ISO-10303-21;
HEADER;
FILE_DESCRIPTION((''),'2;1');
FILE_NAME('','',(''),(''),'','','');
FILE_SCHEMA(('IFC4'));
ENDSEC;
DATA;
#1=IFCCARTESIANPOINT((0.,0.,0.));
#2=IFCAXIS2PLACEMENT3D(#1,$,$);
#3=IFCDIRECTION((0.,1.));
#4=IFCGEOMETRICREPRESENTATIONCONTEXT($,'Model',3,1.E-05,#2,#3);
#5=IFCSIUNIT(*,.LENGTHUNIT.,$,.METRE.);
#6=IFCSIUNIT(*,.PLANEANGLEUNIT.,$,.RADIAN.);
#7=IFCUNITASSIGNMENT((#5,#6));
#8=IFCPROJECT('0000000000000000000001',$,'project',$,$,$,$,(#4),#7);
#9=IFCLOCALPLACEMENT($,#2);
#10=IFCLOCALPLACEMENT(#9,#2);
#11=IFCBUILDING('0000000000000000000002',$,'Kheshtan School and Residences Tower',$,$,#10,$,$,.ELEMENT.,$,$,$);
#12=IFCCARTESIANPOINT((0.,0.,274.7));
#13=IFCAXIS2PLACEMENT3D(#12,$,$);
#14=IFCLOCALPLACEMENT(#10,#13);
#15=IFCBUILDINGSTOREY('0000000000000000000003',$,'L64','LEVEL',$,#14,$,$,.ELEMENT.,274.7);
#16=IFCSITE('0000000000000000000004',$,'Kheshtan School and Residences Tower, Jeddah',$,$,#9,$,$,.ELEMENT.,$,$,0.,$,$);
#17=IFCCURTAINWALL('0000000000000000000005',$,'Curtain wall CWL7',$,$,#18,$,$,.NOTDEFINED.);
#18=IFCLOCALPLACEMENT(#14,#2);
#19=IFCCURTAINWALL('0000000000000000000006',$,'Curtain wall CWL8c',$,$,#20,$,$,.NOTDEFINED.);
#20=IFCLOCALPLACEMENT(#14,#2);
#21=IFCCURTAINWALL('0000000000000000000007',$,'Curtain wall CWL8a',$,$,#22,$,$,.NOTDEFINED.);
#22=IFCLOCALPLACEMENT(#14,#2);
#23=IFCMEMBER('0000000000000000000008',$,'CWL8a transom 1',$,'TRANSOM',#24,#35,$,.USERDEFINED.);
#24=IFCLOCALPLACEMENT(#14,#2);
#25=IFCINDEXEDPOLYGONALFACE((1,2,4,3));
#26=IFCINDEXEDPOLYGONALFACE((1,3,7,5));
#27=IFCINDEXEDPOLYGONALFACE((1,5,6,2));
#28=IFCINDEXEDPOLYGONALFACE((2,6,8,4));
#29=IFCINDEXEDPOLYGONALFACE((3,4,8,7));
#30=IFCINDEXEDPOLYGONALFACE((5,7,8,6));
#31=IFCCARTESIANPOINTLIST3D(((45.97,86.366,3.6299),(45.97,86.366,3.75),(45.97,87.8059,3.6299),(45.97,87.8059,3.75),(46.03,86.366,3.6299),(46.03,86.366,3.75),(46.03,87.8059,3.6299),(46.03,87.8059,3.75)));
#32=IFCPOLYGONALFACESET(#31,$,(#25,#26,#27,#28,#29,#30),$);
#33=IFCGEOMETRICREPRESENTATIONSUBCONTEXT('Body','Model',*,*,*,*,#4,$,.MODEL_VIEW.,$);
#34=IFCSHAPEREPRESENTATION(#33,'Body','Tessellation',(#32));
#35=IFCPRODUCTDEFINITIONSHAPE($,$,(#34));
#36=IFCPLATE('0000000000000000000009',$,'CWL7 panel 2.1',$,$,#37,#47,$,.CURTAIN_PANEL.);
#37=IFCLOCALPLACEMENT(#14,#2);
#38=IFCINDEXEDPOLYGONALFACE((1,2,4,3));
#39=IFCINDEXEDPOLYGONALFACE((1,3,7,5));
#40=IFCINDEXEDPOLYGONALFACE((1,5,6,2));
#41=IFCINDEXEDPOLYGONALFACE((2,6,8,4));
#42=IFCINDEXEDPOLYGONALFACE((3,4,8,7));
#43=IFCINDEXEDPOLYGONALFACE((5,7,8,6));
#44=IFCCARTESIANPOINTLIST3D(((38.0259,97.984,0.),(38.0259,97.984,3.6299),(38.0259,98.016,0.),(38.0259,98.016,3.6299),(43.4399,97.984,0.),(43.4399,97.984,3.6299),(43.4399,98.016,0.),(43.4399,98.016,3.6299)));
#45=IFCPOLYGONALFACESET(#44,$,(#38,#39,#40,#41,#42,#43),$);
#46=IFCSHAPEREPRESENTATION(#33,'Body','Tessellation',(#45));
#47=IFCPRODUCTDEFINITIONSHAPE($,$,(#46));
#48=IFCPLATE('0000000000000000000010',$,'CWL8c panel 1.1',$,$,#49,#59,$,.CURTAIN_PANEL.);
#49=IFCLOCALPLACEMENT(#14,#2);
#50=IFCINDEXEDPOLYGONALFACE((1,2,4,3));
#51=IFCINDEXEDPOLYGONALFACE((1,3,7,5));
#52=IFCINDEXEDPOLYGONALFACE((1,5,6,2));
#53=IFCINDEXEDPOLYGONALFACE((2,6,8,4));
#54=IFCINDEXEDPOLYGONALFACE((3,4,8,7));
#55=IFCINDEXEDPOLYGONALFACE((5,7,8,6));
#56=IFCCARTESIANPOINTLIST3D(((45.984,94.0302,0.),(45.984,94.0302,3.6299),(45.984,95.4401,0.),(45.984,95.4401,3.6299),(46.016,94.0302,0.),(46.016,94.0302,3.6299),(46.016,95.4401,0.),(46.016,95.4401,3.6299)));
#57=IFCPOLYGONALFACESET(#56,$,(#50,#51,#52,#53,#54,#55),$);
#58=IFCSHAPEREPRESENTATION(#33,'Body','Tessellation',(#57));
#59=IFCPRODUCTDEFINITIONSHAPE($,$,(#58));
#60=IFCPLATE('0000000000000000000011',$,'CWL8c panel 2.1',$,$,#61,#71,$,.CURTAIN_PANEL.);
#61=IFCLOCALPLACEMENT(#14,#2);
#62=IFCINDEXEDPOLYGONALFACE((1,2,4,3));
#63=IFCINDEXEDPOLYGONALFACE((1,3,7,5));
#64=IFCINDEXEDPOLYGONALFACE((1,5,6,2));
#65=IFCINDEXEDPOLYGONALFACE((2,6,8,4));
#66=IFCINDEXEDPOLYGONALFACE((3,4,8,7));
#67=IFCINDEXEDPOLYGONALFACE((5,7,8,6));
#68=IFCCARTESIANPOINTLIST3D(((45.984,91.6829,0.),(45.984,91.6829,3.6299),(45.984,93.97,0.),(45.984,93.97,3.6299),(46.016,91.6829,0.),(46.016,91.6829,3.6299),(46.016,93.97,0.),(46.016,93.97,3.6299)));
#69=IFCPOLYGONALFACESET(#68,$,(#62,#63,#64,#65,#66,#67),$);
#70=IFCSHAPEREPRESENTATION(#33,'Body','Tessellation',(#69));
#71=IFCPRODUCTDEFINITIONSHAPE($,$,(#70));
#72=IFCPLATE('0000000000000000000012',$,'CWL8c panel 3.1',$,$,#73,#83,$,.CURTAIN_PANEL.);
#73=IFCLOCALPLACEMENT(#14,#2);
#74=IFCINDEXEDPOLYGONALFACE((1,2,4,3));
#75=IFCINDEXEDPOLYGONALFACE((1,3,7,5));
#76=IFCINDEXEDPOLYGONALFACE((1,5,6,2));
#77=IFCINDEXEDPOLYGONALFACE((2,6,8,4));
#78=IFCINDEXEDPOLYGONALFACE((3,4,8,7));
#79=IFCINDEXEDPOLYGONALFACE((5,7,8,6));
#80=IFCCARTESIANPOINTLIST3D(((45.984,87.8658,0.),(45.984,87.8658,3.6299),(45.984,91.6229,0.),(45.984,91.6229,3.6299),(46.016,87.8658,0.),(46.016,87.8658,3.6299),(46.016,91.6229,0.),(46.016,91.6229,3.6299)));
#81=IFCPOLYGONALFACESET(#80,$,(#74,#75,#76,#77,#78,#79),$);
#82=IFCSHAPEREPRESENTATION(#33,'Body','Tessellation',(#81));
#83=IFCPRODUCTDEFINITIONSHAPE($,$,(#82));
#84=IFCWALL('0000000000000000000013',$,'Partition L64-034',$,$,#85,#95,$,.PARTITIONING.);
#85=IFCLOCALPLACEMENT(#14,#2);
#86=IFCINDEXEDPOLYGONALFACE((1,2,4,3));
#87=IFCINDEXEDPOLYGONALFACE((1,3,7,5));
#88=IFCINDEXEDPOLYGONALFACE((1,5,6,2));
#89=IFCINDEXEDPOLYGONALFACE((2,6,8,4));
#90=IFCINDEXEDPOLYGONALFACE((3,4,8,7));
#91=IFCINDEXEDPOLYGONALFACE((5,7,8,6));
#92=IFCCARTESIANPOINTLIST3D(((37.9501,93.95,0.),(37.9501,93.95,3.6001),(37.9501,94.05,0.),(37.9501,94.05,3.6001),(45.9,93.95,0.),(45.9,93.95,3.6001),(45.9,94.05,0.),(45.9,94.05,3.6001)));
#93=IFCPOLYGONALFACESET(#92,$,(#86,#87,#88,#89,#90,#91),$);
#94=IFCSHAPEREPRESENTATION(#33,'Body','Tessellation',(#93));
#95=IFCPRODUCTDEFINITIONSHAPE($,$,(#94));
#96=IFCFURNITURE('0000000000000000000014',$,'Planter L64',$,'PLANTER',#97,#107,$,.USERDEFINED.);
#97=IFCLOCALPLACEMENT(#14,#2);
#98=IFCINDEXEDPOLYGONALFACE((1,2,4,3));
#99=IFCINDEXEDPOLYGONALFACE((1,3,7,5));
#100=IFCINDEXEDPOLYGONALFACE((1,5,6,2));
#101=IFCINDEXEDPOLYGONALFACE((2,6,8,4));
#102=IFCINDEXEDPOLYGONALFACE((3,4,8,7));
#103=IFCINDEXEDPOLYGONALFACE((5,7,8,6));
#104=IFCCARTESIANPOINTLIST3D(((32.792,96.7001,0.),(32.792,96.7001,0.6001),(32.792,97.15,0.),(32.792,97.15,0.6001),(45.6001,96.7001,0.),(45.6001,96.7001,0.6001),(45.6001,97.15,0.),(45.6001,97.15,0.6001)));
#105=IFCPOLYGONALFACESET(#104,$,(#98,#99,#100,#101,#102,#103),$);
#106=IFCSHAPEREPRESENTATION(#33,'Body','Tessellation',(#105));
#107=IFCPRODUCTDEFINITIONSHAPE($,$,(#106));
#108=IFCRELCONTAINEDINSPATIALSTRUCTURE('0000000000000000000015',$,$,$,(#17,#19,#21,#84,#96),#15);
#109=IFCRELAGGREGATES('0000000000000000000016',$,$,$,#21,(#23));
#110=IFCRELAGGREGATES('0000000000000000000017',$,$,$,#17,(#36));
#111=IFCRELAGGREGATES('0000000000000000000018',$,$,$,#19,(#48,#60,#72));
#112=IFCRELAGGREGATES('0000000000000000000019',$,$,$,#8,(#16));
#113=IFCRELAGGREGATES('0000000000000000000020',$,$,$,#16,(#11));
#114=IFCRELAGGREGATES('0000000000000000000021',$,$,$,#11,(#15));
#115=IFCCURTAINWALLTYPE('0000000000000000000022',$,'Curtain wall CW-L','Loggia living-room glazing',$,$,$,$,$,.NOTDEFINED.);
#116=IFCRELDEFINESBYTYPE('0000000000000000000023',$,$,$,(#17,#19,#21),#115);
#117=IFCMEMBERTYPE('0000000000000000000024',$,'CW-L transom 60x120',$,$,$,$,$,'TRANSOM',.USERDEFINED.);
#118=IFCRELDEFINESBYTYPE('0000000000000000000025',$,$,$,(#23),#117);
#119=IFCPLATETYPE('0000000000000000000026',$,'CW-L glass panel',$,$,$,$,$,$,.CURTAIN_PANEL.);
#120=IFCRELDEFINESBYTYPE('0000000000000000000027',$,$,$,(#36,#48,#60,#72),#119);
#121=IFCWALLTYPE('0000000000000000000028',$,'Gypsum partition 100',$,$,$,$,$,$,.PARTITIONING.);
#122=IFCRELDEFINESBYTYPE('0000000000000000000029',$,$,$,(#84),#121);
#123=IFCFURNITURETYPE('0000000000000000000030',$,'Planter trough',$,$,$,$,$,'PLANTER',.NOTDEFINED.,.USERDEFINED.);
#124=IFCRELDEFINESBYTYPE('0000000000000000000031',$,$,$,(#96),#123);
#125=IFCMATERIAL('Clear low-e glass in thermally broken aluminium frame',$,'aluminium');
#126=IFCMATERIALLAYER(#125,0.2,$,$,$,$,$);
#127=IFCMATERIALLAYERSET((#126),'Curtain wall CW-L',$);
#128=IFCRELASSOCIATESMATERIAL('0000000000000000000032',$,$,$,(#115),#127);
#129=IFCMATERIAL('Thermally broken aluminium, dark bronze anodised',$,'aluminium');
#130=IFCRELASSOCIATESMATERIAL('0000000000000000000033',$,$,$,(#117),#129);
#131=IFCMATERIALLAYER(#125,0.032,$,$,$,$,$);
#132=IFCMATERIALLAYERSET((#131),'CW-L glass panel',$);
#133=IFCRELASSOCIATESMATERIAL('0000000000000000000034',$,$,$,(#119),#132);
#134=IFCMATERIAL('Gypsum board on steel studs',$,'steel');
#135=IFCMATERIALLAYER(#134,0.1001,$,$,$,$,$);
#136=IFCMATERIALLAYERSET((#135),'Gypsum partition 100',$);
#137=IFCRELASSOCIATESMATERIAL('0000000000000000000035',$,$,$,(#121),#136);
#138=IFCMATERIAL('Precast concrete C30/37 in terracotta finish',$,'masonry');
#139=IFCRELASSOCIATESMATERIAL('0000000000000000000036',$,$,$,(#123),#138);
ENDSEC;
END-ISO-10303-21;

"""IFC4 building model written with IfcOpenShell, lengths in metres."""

from ifc_helpers import new_model, si_unit, direction, frame, frame_2d, origin, origin_2d, place, context, subcontext, project, spatial, rectangle, extrude, material, layer, layer_set, material_profile, profile_set, type_object, element, aggregate, save


model = new_model("IFC4")

# Units and contexts
model_context = context("Model", 3, precision=1e-05, world=origin(), true_north=direction((0.0, 1.0)))
body_context = subcontext(model_context, "Body", "Model", "MODEL_VIEW")
ifc_project = project(units=[si_unit("LENGTHUNIT", "METRE"), si_unit("PLANEANGLEUNIT", "RADIAN")], contexts=[model_context])

# Site, building, storey
site_placement = place(None, origin())
site = spatial("IfcSite", under=ifc_project, at=site_placement, Name="Kheshtan School and Residences Tower, Jeddah", CompositionType="ELEMENT", RefElevation=0.0)
building_placement = place(site_placement, origin())
building = spatial("IfcBuilding", under=site, at=building_placement, Name="Kheshtan School and Residences Tower", CompositionType="ELEMENT")
storey_placement = place(building_placement, frame((0.0, 0.0, 274.7)))
storey = spatial("IfcBuildingStorey", under=building, at=storey_placement, Name="L64", Description="LEVEL", CompositionType="ELEMENT", Elevation=274.7)

# Curtain walls
ifc_material_1 = material(Name="Clear low-e glass in thermally broken aluminium frame", Category="aluminium")
ifc_layer_1 = layer(ifc_material_1, 0.2)
ifc_layer_set_1 = layer_set([ifc_layer_1], Name="Curtain wall CW-L")
curtain_wall_type = type_object("IfcCurtainWallType", Name="Curtain wall CW-L", Description="Loggia living-room glazing", PredefinedType="NOTDEFINED", material=ifc_layer_set_1)
curtain_wall_1_placement = place(storey_placement, origin())
curtain_wall_1 = element("IfcCurtainWall", 1, at=curtain_wall_1_placement, inside=storey, type_object=curtain_wall_type, Name="Curtain wall CWL7", PredefinedType="NOTDEFINED")
ifc_material_2 = material(Name="Thermally broken aluminium, dark bronze anodised", Category="aluminium")
curtain_wall_2_placement = place(storey_placement, origin())
curtain_wall_2 = element("IfcCurtainWall", 2, at=curtain_wall_2_placement, inside=storey, type_object=curtain_wall_type, Name="Curtain wall CWL8c", PredefinedType="NOTDEFINED")
ifc_material_profile_1 = material_profile(ifc_material_2, rectangle(XDim=0.0601, YDim=0.1201, at=origin_2d()), Name="CW-L transom 60x120")
ifc_profile_set_1 = profile_set([ifc_material_profile_1], Name="Thermally broken aluminium, dark bronze anodised")
member_type_1 = type_object("IfcMemberType", Name="CW-L transom 60x120", ElementType="TRANSOM", PredefinedType="USERDEFINED", material=ifc_profile_set_1)

# Curtain wall, member
curtain_wall_3_placement = place(storey_placement, origin())
curtain_wall_3 = element("IfcCurtainWall", 3, at=curtain_wall_3_placement, inside=storey, type_object=curtain_wall_type, Name="Curtain wall CWL8a", PredefinedType="NOTDEFINED")
member_1_placement = place(storey_placement, frame((46.0, 87.8059, 3.6899), z_axis=(0.0, -1.0, 0.0), x_axis=(1.0, 0.0, 0.0)))
member_1 = element("IfcMember", 4, at=member_1_placement, type_object=member_type_1, Name="CWL8a transom 1", ObjectType="TRANSOM", PredefinedType="USERDEFINED", context=body_context, shape_type="SweptSolid", body=[
    extrude(rectangle(XDim=0.0601, YDim=0.1201, at=origin_2d()), origin(), (0.0, 0.0, 1.0), 1.4399),
])
aggregate(curtain_wall_3, [member_1])

# Plates
ifc_layer_2 = layer(ifc_material_1, 0.032)
ifc_layer_set_2 = layer_set([ifc_layer_2], Name="CW-L glass panel")
plate_type = type_object("IfcPlateType", Name="CW-L glass panel", PredefinedType="CURTAIN_PANEL", material=ifc_layer_set_2)
plate_1_placement = place(storey_placement, frame((40.7329, 98.0, 0.0), z_axis=(0.0, 0.0, 1.0), x_axis=(1.0, 0.0, 0.0)))
plate_1 = element("IfcPlate", 5, at=plate_1_placement, type_object=plate_type, Name="CWL7 panel 2.1", PredefinedType="CURTAIN_PANEL", context=body_context, shape_type="SweptSolid", body=[
    extrude(rectangle(XDim=5.4141, YDim=0.032, at=origin_2d()), origin(), (0.0, 0.0, 1.0), 3.6299),
])
aggregate(curtain_wall_1, [plate_1])
plate_2_placement = place(storey_placement, frame((46.0, 94.7351, 0.0), z_axis=(0.0, 0.0, 1.0), x_axis=(0.0, -1.0, 0.0)))
plate_2 = element("IfcPlate", 6, at=plate_2_placement, type_object=plate_type, Name="CWL8c panel 1.1", PredefinedType="CURTAIN_PANEL", context=body_context, shape_type="SweptSolid", body=[
    extrude(rectangle(XDim=1.4099, YDim=0.032, at=origin_2d()), origin(), (0.0, 0.0, 1.0), 3.6299),
])
plate_3_placement = place(storey_placement, frame((46.0, 92.8264, 0.0), z_axis=(0.0, 0.0, 1.0), x_axis=(0.0, -1.0, 0.0)))
plate_3 = element("IfcPlate", 7, at=plate_3_placement, type_object=plate_type, Name="CWL8c panel 2.1", PredefinedType="CURTAIN_PANEL", context=body_context, shape_type="SweptSolid", body=[
    extrude(rectangle(XDim=2.2871, YDim=0.032, at=origin_2d()), origin(), (0.0, 0.0, 1.0), 3.6299),
])
plate_4_placement = place(storey_placement, frame((46.0, 89.7444, 0.0), z_axis=(0.0, 0.0, 1.0), x_axis=(0.0, -1.0, 0.0)))
plate_4 = element("IfcPlate", 8, at=plate_4_placement, type_object=plate_type, Name="CWL8c panel 3.1", PredefinedType="CURTAIN_PANEL", context=body_context, shape_type="SweptSolid", body=[
    extrude(rectangle(XDim=3.7571, YDim=0.032, at=origin_2d()), origin(), (0.0, 0.0, 1.0), 3.6299),
])
aggregate(curtain_wall_2, [plate_2, plate_3, plate_4])

# Wall
ifc_material_3 = material(Name="Gypsum board on steel studs", Category="steel")
ifc_layer_3 = layer(ifc_material_3, 0.1001)
ifc_layer_set_3 = layer_set([ifc_layer_3], Name="Gypsum partition 100")
wall_type_1 = type_object("IfcWallType", Name="Gypsum partition 100", PredefinedType="PARTITIONING", material=ifc_layer_set_3)
wall_1_placement = place(storey_placement, frame((37.95, 94.0, 0.0), z_axis=(0.0, 0.0, 1.0), x_axis=(1.0, 0.0, 0.0)))
element("IfcWall", 9, at=wall_1_placement, inside=storey, type_object=wall_type_1, Name="Partition L64-034", PredefinedType="PARTITIONING", context=body_context, shape_type="SweptSolid", body=[
    extrude(rectangle(XDim=7.95, YDim=0.1001, at=frame_2d((3.9751, 0.0))), origin(), (0.0, 0.0, 1.0), 3.6001),
])

# Furniture
ifc_material_4 = material(Name="Precast concrete C30/37 in terracotta finish", Category="masonry")
furniture_type = type_object("IfcFurnitureType", Name="Planter trough", ElementType="PLANTER", AssemblyPlace="NOTDEFINED", PredefinedType="USERDEFINED", material=ifc_material_4)
furniture_placement = place(storey_placement, frame((39.196, 96.925, 0.0), z_axis=(0.0, 0.0, 1.0), x_axis=(1.0, 0.0, 0.0)))
element("IfcFurniture", 10, at=furniture_placement, inside=storey, type_object=furniture_type, Name="Planter L64", ObjectType="PLANTER", PredefinedType="USERDEFINED", context=body_context, shape_type="SweptSolid", body=[
    extrude(rectangle(XDim=12.8081, YDim=0.45, at=origin_2d()), origin(), (0.0, 0.0, 1.0), 0.6001),
])

save(model, "model.ifc")
